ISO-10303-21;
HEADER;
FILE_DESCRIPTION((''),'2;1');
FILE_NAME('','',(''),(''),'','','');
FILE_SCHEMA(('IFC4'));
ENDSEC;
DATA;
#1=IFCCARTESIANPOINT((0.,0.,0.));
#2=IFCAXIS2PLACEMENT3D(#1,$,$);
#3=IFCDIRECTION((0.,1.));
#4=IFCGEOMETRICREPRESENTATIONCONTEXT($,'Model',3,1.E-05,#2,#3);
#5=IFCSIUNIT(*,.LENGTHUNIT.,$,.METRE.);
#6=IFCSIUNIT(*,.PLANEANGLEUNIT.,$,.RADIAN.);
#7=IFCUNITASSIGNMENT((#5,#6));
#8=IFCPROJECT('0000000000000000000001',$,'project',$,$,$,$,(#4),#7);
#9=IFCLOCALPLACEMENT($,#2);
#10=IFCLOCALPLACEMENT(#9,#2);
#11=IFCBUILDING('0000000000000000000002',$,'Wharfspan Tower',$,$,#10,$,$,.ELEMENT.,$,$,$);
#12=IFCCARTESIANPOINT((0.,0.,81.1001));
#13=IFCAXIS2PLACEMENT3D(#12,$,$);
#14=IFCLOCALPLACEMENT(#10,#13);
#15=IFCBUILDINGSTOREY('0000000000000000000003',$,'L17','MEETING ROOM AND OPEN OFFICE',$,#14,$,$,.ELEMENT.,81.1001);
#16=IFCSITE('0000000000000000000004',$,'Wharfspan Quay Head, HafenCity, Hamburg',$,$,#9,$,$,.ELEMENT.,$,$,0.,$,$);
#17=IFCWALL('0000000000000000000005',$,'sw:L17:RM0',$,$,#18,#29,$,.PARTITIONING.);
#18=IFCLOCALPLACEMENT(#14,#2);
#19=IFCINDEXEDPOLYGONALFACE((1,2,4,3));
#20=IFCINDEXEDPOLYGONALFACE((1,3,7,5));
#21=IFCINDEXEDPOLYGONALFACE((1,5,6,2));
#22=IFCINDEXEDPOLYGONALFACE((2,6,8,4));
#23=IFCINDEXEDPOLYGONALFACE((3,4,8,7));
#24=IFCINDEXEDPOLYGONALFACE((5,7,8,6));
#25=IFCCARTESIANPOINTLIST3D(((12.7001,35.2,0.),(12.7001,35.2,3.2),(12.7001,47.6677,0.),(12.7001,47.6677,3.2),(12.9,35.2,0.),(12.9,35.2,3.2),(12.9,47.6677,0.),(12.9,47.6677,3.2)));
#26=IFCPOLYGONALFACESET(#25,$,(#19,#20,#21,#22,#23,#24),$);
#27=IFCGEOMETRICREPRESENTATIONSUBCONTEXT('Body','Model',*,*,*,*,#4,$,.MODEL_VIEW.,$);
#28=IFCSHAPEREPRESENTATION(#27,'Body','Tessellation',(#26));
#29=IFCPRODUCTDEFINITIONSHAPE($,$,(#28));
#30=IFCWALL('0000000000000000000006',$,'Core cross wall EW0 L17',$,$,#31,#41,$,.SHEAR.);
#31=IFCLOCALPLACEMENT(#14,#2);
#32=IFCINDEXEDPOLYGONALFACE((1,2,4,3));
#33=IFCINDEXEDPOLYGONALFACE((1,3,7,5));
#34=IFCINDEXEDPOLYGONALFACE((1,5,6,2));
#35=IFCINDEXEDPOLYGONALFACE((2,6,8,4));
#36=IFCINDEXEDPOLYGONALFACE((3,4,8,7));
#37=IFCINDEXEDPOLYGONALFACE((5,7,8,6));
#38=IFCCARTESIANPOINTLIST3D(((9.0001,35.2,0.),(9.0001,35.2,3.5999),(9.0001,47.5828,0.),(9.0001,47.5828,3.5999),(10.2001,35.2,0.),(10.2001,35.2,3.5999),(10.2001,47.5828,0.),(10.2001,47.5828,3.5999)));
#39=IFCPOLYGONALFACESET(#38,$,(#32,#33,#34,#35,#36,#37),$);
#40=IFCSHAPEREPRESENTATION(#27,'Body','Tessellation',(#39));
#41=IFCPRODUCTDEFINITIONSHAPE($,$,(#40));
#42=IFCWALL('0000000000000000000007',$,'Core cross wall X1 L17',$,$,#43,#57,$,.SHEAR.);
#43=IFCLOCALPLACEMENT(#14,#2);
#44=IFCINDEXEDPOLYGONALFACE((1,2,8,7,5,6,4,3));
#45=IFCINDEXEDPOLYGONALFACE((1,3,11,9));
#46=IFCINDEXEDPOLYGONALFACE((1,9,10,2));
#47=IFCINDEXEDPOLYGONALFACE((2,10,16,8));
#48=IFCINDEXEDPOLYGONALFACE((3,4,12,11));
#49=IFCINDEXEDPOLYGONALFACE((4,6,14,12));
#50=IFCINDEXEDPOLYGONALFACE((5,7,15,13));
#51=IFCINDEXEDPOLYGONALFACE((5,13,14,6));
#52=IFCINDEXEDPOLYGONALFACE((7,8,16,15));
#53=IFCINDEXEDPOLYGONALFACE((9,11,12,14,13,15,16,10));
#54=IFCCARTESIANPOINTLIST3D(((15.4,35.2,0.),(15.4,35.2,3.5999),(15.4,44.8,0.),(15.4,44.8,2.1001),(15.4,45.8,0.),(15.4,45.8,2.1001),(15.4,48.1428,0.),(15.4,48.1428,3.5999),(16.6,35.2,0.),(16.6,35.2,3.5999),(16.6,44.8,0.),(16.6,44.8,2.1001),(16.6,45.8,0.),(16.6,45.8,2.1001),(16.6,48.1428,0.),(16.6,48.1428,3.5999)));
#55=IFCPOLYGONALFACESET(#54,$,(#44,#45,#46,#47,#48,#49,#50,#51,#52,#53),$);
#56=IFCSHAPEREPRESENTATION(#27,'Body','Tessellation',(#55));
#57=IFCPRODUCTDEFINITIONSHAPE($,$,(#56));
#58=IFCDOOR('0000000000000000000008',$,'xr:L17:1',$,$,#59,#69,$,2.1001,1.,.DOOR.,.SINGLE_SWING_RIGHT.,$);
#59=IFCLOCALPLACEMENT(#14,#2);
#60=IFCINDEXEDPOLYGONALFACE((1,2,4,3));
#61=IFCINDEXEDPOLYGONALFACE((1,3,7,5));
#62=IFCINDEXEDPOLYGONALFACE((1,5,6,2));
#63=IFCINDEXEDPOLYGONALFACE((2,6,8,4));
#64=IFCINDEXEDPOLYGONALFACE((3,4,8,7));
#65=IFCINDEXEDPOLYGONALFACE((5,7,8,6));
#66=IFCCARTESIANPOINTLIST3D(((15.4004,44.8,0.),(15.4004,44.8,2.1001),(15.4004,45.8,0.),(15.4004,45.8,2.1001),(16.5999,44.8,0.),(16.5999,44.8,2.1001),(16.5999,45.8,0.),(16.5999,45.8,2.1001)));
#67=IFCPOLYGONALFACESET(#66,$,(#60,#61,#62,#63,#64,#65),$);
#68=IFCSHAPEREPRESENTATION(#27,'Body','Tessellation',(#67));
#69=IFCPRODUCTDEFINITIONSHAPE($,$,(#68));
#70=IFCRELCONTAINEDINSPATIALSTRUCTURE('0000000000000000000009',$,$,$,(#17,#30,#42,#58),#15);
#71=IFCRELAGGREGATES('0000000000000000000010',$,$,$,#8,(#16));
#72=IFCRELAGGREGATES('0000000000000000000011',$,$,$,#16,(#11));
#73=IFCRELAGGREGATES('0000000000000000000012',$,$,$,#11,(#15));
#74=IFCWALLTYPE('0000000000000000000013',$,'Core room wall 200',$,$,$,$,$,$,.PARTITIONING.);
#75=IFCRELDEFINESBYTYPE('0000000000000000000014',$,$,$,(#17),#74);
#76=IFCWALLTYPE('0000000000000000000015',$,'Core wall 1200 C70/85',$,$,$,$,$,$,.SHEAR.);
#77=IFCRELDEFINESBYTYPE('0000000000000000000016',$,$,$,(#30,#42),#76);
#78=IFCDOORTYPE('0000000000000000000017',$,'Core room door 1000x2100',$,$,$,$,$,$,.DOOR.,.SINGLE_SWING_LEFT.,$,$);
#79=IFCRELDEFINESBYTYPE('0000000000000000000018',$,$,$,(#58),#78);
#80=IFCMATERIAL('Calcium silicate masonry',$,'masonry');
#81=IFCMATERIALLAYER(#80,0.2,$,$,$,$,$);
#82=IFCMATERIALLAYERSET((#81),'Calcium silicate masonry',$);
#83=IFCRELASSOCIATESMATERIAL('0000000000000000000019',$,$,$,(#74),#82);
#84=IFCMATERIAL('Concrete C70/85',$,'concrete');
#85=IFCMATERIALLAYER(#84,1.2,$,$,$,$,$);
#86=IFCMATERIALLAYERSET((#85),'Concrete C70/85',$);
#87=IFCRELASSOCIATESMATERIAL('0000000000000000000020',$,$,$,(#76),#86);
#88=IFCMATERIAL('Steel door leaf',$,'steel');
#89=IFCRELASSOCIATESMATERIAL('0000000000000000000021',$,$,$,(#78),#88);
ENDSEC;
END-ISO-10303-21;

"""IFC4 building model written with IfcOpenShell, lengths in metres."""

from ifc_helpers import new_model, si_unit, direction, frame, frame_2d, origin, place, context, subcontext, project, spatial, rectangle, extrude, material, layer, layer_set, type_object, element, fill, save


model = new_model("IFC4")

# Units and contexts
model_context = context("Model", 3, precision=1e-05, world=origin(), true_north=direction((0.0, 1.0)))
body_context = subcontext(model_context, "Body", "Model", "MODEL_VIEW")
ifc_project = project(units=[si_unit("LENGTHUNIT", "METRE"), si_unit("PLANEANGLEUNIT", "RADIAN")], contexts=[model_context])

# Site, building, storey
site_placement = place(None, origin())
site = spatial("IfcSite", under=ifc_project, at=site_placement, Name="Wharfspan Quay Head, HafenCity, Hamburg", CompositionType="ELEMENT", RefElevation=0.0)
building_placement = place(site_placement, origin())
building = spatial("IfcBuilding", under=site, at=building_placement, Name="Wharfspan Tower", CompositionType="ELEMENT")
storey_placement = place(building_placement, frame((0.0, 0.0, 81.1001)))
storey = spatial("IfcBuildingStorey", under=building, at=storey_placement, Name="L17", Description="MEETING ROOM AND OPEN OFFICE", CompositionType="ELEMENT", Elevation=81.1001)

# Walls
ifc_material_1 = material(Name="Calcium silicate masonry", Category="masonry")
ifc_layer_1 = layer(ifc_material_1, 0.2)
ifc_layer_set_1 = layer_set([ifc_layer_1], Name="Calcium silicate masonry")
wall_type_1 = type_object("IfcWallType", Name="Core room wall 200", PredefinedType="PARTITIONING", material=ifc_layer_set_1)
wall_1_placement = place(storey_placement, frame((12.8, 35.2, 0.0), z_axis=(0.0, 0.0, 1.0), x_axis=(0.0, 1.0, 0.0)))
element("IfcWall", 1, at=wall_1_placement, inside=storey, type_object=wall_type_1, Name="sw:L17:RM0", PredefinedType="PARTITIONING", context=body_context, shape_type="SweptSolid", body=[
    extrude(rectangle(XDim=12.4678, YDim=0.2, at=frame_2d((6.2339, 0.0))), origin(), (0.0, 0.0, 1.0), 3.2),
])
ifc_material_2 = material(Name="Concrete C70/85", Category="concrete")
ifc_layer_2 = layer(ifc_material_2, 1.2)
ifc_layer_set_2 = layer_set([ifc_layer_2], Name="Concrete C70/85")
wall_type_2 = type_object("IfcWallType", Name="Core wall 1200 C70/85", PredefinedType="SHEAR", material=ifc_layer_set_2)
wall_2_placement = place(storey_placement, frame((9.6001, 35.2, 0.0), z_axis=(0.0, 0.0, 1.0), x_axis=(0.0, 1.0, 0.0)))
element("IfcWall", 2, at=wall_2_placement, inside=storey, type_object=wall_type_2, Name="Core cross wall EW0 L17", PredefinedType="SHEAR", context=body_context, shape_type="SweptSolid", body=[
    extrude(rectangle(XDim=12.3828, YDim=1.2, at=frame_2d((6.1914, 0.0))), origin(), (0.0, 0.0, 1.0), 3.5999),
])

# Wall, opening, door
wall_3_placement = place(storey_placement, frame((16.0, 35.2, 0.0), z_axis=(0.0, 0.0, 1.0), x_axis=(0.0, 1.0, 0.0)))
wall_3 = element("IfcWall", 3, at=wall_3_placement, inside=storey, type_object=wall_type_2, Name="Core cross wall X1 L17", PredefinedType="SHEAR", context=body_context, shape_type="SweptSolid", body=[
    extrude(rectangle(XDim=12.9429, YDim=1.2, at=frame_2d((6.4714, 0.0))), origin(), (0.0, 0.0, 1.0), 3.5999),
])
opening_placement = place(wall_3_placement, frame((9.6001, 0.0, 0.0)))
opening = element("IfcOpeningElement", 4, at=opening_placement, cuts=wall_3, PredefinedType="OPENING", context=body_context, shape_type="SweptSolid", body=[
    extrude(rectangle(XDim=1.0, YDim=2.1001, at=frame_2d((0.5, 1.05))), frame((0.0, 0.6099, 0.0), z_axis=(0.0, -1.0, 0.0), x_axis=(1.0, 0.0, 0.0)), (0.0, 0.0, 1.0), 1.22),
])
ifc_material_3 = material(Name="Steel door leaf", Category="steel")
door_type = type_object("IfcDoorType", Name="Core room door 1000x2100", OperationType="SINGLE_SWING_LEFT", PredefinedType="DOOR", material=ifc_material_3)
door_placement = place(opening_placement, origin())
door = element("IfcDoor", 5, at=door_placement, inside=storey, type_object=door_type, Name="xr:L17:1", OperationType="SINGLE_SWING_RIGHT", OverallHeight=2.1001, OverallWidth=1.0, PredefinedType="DOOR", context=body_context, shape_type="SweptSolid", body=[
    extrude(rectangle(XDim=1.0, YDim=2.1001, at=frame_2d((0.5, 1.05))), frame((0.0, 0.5996, 0.0), z_axis=(0.0, -1.0, 0.0), x_axis=(1.0, 0.0, 0.0)), (0.0, 0.0, 1.0), 1.1995),
])
fill(opening, door)

save(model, "model.ifc")
